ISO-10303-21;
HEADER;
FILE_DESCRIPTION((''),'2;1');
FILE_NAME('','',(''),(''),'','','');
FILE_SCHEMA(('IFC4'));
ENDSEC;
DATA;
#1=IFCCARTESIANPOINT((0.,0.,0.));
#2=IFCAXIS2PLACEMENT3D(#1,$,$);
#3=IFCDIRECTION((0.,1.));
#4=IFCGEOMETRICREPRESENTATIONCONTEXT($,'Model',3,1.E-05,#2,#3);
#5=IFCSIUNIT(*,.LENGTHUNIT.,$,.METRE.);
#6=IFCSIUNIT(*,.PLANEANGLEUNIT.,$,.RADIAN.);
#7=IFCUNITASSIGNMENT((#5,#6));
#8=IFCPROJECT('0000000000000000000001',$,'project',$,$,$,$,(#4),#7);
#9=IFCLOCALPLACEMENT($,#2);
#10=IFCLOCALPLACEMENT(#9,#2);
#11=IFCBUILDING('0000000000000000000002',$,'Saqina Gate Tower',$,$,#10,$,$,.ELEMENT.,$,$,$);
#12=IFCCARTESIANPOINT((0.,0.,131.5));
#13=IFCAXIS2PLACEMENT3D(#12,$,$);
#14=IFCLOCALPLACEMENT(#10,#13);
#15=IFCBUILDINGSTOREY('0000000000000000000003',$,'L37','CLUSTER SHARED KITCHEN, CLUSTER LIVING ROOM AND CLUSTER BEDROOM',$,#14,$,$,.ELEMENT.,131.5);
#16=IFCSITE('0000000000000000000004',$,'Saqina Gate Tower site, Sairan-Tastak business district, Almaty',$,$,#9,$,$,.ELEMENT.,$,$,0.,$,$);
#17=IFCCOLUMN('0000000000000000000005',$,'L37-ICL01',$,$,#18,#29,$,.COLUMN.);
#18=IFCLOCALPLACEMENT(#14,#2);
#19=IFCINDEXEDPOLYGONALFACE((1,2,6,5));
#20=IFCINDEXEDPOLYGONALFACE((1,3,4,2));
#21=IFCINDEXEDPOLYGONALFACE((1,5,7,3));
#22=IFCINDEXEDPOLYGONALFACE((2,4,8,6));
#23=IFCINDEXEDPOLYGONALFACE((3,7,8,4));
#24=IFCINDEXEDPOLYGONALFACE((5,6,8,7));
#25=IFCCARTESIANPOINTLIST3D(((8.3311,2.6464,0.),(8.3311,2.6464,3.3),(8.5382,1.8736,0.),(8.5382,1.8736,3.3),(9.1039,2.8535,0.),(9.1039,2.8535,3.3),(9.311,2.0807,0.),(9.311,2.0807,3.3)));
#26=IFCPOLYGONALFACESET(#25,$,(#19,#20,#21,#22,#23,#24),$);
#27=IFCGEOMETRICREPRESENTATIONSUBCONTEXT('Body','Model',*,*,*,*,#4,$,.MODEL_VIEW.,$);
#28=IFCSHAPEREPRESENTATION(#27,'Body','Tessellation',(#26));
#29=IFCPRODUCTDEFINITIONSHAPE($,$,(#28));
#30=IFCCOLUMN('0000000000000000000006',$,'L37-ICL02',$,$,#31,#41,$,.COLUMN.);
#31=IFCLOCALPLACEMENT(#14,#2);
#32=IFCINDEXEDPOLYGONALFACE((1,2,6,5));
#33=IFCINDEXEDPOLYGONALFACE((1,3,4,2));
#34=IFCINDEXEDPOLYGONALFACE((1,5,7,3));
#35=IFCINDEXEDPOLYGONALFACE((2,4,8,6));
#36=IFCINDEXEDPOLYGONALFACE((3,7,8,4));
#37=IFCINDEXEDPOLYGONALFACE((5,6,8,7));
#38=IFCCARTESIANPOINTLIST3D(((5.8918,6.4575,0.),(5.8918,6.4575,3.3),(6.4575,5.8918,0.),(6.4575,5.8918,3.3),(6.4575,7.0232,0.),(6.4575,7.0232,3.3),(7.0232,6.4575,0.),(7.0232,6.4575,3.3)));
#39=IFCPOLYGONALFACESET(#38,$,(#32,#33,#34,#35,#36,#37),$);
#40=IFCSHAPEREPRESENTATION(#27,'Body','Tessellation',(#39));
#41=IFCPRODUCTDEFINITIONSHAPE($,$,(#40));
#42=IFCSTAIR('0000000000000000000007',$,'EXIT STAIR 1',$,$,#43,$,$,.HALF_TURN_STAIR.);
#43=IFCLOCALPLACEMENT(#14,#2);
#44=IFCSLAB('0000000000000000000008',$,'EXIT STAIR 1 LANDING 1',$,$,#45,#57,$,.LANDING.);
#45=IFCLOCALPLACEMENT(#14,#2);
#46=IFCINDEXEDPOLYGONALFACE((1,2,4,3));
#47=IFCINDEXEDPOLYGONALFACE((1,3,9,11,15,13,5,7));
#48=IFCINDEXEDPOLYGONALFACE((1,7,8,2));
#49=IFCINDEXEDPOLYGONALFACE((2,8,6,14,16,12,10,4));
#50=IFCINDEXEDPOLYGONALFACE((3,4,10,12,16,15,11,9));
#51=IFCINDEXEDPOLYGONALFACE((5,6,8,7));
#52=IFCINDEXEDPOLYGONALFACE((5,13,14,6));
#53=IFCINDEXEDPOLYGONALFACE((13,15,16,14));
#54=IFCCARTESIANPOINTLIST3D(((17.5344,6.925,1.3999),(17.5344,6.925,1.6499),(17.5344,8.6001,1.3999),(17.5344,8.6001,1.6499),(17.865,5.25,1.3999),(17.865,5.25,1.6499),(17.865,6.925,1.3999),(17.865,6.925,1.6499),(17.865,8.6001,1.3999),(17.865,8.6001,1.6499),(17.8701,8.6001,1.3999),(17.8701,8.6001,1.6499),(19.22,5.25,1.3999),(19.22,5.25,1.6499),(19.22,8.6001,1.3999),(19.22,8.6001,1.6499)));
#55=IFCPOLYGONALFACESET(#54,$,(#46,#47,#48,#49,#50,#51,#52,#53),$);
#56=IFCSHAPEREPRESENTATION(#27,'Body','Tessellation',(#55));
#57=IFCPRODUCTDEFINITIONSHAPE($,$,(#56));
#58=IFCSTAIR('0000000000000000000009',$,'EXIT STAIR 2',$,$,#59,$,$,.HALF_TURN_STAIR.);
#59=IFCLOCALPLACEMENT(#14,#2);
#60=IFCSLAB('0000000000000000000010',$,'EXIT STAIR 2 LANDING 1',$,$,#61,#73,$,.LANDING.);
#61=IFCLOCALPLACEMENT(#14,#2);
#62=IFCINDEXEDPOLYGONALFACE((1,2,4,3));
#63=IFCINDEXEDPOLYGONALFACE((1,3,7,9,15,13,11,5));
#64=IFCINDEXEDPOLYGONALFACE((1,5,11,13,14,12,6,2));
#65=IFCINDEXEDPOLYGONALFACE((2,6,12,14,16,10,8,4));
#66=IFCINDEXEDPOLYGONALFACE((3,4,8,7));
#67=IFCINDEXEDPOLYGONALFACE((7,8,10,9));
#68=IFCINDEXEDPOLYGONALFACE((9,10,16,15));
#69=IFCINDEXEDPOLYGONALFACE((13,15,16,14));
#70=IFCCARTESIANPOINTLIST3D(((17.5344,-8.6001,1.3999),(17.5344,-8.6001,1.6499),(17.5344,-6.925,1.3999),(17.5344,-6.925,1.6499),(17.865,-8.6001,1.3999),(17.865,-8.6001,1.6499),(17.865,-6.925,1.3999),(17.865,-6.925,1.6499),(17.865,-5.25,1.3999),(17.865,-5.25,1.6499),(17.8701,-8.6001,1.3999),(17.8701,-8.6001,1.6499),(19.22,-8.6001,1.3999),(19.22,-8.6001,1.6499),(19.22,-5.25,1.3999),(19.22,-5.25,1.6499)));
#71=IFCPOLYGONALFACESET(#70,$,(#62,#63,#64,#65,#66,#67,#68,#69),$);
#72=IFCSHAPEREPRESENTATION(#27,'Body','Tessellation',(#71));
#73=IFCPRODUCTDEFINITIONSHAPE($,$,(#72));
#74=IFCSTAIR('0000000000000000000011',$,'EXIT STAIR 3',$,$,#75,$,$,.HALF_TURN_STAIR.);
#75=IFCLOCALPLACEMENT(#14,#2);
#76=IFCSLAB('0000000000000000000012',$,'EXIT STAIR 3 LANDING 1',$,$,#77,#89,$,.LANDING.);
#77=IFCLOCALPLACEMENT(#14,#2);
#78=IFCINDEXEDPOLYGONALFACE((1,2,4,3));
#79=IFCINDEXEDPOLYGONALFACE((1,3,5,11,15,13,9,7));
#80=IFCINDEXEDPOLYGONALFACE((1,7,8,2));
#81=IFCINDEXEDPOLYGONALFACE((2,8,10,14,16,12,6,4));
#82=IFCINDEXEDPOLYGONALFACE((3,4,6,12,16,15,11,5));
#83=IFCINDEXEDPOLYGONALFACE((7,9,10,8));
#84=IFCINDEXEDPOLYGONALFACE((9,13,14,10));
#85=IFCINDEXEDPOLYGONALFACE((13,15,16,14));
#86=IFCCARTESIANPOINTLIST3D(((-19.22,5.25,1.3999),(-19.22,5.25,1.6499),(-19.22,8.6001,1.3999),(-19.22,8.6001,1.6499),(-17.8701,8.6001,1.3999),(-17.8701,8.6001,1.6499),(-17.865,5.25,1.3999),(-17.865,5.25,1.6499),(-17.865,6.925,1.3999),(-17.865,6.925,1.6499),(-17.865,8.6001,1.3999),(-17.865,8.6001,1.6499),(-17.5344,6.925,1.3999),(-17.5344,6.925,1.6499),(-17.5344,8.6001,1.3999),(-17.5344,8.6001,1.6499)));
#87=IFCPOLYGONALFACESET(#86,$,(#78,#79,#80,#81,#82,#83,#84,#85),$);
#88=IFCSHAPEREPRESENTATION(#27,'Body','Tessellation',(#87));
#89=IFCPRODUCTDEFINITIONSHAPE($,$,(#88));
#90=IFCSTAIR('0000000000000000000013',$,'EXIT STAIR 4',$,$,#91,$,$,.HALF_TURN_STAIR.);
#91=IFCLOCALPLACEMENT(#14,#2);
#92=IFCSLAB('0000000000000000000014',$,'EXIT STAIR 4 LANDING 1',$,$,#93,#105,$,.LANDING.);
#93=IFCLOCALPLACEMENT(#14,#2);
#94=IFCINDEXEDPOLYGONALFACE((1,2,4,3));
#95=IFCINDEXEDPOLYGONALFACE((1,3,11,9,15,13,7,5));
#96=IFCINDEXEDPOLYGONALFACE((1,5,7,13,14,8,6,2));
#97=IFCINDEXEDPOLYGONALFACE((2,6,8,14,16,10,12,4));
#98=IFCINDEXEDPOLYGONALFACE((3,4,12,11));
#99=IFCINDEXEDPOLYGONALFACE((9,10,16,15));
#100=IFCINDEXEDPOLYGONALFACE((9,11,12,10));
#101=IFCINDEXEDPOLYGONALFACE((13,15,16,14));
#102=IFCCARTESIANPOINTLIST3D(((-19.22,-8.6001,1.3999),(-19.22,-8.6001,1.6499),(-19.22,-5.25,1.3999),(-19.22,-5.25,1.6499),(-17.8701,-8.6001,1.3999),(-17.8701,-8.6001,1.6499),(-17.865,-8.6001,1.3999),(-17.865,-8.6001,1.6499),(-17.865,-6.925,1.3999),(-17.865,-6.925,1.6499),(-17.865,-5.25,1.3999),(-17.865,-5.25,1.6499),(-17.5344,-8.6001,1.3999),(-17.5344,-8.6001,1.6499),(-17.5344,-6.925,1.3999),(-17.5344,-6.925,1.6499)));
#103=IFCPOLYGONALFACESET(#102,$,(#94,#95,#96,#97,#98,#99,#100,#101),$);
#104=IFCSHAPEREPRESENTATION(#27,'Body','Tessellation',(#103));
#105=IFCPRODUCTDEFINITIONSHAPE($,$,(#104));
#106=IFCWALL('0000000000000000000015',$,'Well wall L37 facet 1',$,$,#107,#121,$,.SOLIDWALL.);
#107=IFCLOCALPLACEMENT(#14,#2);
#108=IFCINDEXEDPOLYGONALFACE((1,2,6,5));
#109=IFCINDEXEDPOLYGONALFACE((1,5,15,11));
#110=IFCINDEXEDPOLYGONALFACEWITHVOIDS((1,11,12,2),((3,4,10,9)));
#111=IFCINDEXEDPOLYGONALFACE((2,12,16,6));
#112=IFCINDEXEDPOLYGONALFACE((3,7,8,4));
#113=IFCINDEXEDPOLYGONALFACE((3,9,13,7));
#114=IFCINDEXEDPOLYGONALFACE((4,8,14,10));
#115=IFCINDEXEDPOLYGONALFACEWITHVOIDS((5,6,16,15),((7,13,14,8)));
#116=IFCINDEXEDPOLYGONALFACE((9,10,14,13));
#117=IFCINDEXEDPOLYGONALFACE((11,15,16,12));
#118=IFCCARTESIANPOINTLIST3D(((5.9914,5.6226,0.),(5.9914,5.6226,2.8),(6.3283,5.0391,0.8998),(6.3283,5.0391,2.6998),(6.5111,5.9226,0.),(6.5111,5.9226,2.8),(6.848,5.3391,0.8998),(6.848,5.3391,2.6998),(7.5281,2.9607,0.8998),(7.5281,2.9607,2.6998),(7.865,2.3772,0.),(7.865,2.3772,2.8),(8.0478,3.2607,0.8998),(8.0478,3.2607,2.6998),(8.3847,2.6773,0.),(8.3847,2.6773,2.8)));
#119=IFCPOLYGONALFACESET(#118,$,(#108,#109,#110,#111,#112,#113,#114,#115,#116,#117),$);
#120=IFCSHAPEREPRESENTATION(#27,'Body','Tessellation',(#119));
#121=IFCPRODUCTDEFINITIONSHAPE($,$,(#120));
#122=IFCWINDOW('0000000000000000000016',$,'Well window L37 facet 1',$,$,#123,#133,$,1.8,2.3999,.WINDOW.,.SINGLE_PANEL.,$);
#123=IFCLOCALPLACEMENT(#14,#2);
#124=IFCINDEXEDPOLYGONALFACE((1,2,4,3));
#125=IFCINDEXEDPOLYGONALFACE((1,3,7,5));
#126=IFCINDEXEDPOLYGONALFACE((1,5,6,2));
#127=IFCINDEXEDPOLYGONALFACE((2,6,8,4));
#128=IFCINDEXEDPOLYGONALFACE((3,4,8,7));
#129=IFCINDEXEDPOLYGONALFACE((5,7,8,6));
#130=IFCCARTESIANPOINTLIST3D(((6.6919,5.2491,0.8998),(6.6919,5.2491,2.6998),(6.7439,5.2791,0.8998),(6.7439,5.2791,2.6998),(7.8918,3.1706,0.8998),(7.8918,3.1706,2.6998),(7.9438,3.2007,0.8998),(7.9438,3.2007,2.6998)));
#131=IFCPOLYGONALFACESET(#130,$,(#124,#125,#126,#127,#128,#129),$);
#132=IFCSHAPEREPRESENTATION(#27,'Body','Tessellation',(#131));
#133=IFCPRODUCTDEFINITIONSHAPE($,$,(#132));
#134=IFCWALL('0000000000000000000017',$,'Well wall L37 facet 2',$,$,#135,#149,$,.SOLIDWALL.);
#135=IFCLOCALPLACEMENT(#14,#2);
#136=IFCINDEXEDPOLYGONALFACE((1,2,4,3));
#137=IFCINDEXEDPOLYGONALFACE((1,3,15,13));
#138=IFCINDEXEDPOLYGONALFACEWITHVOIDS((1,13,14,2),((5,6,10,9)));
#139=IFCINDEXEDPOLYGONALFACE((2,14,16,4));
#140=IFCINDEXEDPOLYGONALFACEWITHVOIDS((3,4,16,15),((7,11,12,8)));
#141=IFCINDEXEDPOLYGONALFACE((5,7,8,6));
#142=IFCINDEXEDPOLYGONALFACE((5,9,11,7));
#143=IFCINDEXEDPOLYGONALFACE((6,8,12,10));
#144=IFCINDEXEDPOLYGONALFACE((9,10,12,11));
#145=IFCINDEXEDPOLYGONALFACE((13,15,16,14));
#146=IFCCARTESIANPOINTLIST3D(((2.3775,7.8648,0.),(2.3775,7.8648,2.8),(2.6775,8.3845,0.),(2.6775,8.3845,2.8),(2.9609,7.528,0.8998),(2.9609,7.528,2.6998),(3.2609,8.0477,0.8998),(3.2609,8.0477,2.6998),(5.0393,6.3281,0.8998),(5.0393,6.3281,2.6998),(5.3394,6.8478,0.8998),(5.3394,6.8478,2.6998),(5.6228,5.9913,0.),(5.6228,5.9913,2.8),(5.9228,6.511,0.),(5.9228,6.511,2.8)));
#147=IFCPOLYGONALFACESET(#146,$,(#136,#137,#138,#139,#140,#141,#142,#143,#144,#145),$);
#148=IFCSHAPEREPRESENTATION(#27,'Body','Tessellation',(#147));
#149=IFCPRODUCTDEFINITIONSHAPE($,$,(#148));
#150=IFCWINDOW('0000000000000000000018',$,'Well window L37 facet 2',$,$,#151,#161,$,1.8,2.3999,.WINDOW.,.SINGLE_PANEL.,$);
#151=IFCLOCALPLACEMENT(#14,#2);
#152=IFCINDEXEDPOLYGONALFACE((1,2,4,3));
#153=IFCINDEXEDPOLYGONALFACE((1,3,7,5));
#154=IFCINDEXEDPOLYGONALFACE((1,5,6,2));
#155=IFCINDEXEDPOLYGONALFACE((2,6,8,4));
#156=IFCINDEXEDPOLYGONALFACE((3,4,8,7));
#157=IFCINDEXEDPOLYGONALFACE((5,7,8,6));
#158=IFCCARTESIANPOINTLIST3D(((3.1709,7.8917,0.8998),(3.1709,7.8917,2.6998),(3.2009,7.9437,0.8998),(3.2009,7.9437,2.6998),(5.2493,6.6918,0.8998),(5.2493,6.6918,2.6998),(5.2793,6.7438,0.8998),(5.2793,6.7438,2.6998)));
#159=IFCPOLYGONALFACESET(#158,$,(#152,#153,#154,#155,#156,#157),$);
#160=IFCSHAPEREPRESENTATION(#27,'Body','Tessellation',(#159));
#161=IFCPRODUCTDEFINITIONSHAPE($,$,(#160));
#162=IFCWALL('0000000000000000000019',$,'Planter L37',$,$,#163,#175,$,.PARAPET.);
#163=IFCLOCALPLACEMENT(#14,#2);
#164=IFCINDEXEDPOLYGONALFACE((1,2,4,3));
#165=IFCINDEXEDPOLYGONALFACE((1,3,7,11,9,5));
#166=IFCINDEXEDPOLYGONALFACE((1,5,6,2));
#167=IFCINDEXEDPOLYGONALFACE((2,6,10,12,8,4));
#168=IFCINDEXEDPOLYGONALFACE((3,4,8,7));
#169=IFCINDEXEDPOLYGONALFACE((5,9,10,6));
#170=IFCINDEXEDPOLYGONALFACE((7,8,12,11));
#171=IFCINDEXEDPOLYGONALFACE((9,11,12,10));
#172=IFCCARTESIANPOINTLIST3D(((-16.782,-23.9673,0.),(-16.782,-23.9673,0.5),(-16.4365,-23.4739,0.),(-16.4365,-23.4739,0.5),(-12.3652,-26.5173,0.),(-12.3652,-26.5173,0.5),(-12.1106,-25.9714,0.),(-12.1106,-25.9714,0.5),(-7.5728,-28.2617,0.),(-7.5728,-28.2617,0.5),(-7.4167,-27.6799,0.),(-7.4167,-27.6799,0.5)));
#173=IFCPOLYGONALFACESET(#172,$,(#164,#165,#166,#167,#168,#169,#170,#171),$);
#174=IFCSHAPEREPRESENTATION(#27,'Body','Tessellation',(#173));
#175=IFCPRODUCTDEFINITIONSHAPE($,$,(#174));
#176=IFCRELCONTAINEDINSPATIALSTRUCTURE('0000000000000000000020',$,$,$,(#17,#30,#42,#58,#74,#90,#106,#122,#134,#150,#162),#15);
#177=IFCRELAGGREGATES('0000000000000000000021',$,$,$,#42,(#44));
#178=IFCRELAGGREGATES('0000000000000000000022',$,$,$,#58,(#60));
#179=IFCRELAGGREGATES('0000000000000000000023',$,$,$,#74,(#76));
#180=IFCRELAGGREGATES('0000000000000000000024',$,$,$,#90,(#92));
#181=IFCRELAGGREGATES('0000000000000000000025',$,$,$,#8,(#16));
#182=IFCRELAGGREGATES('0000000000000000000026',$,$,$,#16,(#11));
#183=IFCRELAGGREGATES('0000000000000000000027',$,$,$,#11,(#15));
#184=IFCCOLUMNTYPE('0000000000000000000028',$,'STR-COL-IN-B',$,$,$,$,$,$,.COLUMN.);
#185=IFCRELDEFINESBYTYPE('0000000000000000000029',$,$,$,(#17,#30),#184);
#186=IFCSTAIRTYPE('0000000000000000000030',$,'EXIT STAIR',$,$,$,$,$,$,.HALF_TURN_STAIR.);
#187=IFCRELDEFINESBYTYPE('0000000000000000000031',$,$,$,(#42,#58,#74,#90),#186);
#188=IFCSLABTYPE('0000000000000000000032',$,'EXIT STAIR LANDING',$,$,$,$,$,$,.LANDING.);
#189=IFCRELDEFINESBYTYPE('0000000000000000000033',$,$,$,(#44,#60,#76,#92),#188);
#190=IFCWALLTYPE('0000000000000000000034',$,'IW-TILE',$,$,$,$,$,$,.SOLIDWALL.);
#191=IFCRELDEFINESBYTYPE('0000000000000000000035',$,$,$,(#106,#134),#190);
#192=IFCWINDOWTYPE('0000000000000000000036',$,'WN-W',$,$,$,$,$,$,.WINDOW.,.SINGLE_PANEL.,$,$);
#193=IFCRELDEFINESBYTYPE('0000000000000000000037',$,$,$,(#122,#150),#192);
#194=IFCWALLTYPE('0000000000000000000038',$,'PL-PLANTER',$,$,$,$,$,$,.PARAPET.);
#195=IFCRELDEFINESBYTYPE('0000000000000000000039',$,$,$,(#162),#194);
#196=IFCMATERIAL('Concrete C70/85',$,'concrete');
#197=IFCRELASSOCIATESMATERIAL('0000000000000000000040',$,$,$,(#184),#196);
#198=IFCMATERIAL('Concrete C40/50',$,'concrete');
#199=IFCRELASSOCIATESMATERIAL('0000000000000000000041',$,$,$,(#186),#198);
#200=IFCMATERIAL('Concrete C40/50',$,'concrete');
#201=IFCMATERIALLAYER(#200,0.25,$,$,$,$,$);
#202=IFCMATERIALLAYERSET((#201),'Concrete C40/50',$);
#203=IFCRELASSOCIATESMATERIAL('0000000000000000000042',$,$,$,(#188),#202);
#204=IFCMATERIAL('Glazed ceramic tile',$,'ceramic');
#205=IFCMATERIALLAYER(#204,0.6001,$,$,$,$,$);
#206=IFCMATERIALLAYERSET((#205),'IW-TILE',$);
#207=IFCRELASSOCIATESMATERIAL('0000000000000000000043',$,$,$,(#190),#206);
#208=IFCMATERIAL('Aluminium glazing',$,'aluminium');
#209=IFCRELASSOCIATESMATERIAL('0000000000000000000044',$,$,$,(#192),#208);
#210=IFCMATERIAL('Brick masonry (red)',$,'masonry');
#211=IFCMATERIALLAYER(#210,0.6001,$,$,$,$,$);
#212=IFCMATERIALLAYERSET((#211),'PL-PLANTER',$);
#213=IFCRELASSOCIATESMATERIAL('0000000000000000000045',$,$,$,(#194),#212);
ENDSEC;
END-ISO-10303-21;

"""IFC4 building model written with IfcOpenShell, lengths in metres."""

from ifc_helpers import new_model, si_unit, direction, frame, frame_2d, origin, origin_2d, place, context, subcontext, project, spatial, polyline, rectangle, outline, extrude, material, layer, layer_set, material_profile, profile_set, type_object, element, fill, aggregate, save


model = new_model("IFC4")

# Units and contexts
model_context = context("Model", 3, precision=1e-05, world=origin(), true_north=direction((0.0, 1.0)))
body_context = subcontext(model_context, "Body", "Model", "MODEL_VIEW")
ifc_project = project(units=[si_unit("LENGTHUNIT", "METRE"), si_unit("PLANEANGLEUNIT", "RADIAN")], contexts=[model_context])

# Site, building, storey
site_placement = place(None, origin())
site = spatial("IfcSite", under=ifc_project, at=site_placement, Name="Saqina Gate Tower site, Sairan-Tastak business district, Almaty", CompositionType="ELEMENT", RefElevation=0.0)
building_placement = place(site_placement, origin())
building = spatial("IfcBuilding", under=site, at=building_placement, Name="Saqina Gate Tower", CompositionType="ELEMENT")
storey_placement = place(building_placement, frame((0.0, 0.0, 131.5)))
storey = spatial("IfcBuildingStorey", under=building, at=storey_placement, Name="L37", Description="CLUSTER SHARED KITCHEN, CLUSTER LIVING ROOM AND CLUSTER BEDROOM", CompositionType="ELEMENT", Elevation=131.5)

# Columns
ifc_material_1 = material(Name="Concrete C70/85", Category="concrete")
ifc_material_profile = material_profile(ifc_material_1, rectangle(XDim=0.8, YDim=0.8, at=origin_2d()), Name="RC 800x800")
ifc_profile_set = profile_set([ifc_material_profile], Name="Concrete C70/85")
column_type = type_object("IfcColumnType", Name="STR-COL-IN-B", PredefinedType="COLUMN", material=ifc_profile_set)
for number, where, z_axis, x_axis, name in (
    (1, (8.821, 2.3635, 0.0), (0.0, 0.0, 1.0), (0.965926, 0.258819, 0.0), "L37-ICL01"),
    (2, (6.4575, 6.4575, 0.0), (0.0, 0.0, 1.0), (0.707107, 0.707107, 0.0), "L37-ICL02"),
):
    element("IfcColumn", number, at=place(storey_placement, frame(where, z_axis=z_axis, x_axis=x_axis)), inside=storey, type_object=column_type, Name=name, PredefinedType="COLUMN", context=body_context, shape_type="SweptSolid", body=[
        extrude(rectangle(XDim=0.8, YDim=0.8, at=origin_2d()), origin(), (0.0, 0.0, 1.0), 3.3),
    ])

# Stairs, slabs
ifc_material_2 = material(Name="Concrete C40/50", Category="concrete")
stair_type = type_object("IfcStairType", Name="EXIT STAIR", PredefinedType="HALF_TURN_STAIR", material=ifc_material_2)
stair_1_placement = place(storey_placement, origin())
stair_1 = element("IfcStair", 3, at=stair_1_placement, inside=storey, type_object=stair_type, Name="EXIT STAIR 1", PredefinedType="HALF_TURN_STAIR")
ifc_material_3 = material(Name="Concrete C40/50", Category="concrete")
ifc_layer_1 = layer(ifc_material_3, 0.25)
ifc_layer_set_1 = layer_set([ifc_layer_1], Name="Concrete C40/50")
slab_type = type_object("IfcSlabType", Name="EXIT STAIR LANDING", PredefinedType="LANDING", material=ifc_layer_set_1)
slab_1_placement = place(storey_placement, frame((0.0, 0.0, 1.3999)))
slab_1 = element("IfcSlab", 4, at=slab_1_placement, type_object=slab_type, Name="EXIT STAIR 1 LANDING 1", PredefinedType="LANDING", context=body_context, shape_type="SweptSolid", body=[
    extrude(outline(polyline([(19.22, 8.6001), (19.22, 5.25), (17.865, 5.25), (17.865, 6.925), (17.5344, 6.925), (17.5344, 8.6001), (17.865, 8.6001), (17.8701, 8.6001), (19.22, 8.6001)])), origin(), (0.0, 0.0, 1.0), 0.25),
])
aggregate(stair_1, [slab_1])
stair_2_placement = place(storey_placement, origin())
stair_2 = element("IfcStair", 5, at=stair_2_placement, inside=storey, type_object=stair_type, Name="EXIT STAIR 2", PredefinedType="HALF_TURN_STAIR")
slab_2_placement = place(storey_placement, frame((0.0, 0.0, 1.3999)))
slab_2 = element("IfcSlab", 6, at=slab_2_placement, type_object=slab_type, Name="EXIT STAIR 2 LANDING 1", PredefinedType="LANDING", context=body_context, shape_type="SweptSolid", body=[
    extrude(outline(polyline([(17.5344, -8.6001), (17.5344, -6.925), (17.865, -6.925), (17.865, -5.25), (19.22, -5.25), (19.22, -8.6001), (17.8701, -8.6001), (17.865, -8.6001), (17.5344, -8.6001)])), origin(), (0.0, 0.0, 1.0), 0.25),
])
aggregate(stair_2, [slab_2])
stair_3_placement = place(storey_placement, origin())
stair_3 = element("IfcStair", 7, at=stair_3_placement, inside=storey, type_object=stair_type, Name="EXIT STAIR 3", PredefinedType="HALF_TURN_STAIR")
slab_3_placement = place(storey_placement, frame((0.0, 0.0, 1.3999)))
slab_3 = element("IfcSlab", 8, at=slab_3_placement, type_object=slab_type, Name="EXIT STAIR 3 LANDING 1", PredefinedType="LANDING", context=body_context, shape_type="SweptSolid", body=[
    extrude(outline(polyline([(-17.865, 5.25), (-19.22, 5.25), (-19.22, 8.6001), (-17.8701, 8.6001), (-17.865, 8.6001), (-17.5344, 8.6001), (-17.5344, 6.925), (-17.865, 6.925), (-17.865, 5.25)])), origin(), (0.0, 0.0, 1.0), 0.25),
])
aggregate(stair_3, [slab_3])
stair_4_placement = place(storey_placement, origin())
stair_4 = element("IfcStair", 9, at=stair_4_placement, inside=storey, type_object=stair_type, Name="EXIT STAIR 4", PredefinedType="HALF_TURN_STAIR")
slab_4_placement = place(storey_placement, frame((0.0, 0.0, 1.3999)))
slab_4 = element("IfcSlab", 10, at=slab_4_placement, type_object=slab_type, Name="EXIT STAIR 4 LANDING 1", PredefinedType="LANDING", context=body_context, shape_type="SweptSolid", body=[
    extrude(outline(polyline([(-17.5344, -6.925), (-17.5344, -8.6001), (-17.865, -8.6001), (-17.8701, -8.6001), (-19.22, -8.6001), (-19.22, -5.25), (-17.865, -5.25), (-17.865, -6.925), (-17.5344, -6.925)])), origin(), (0.0, 0.0, 1.0), 0.25),
])
aggregate(stair_4, [slab_4])

# Walls, openings, windows
ifc_material_4 = material(Name="Glazed ceramic tile", Category="ceramic")
ifc_layer_2 = layer(ifc_material_4, 0.6001)
ifc_layer_set_2 = layer_set([ifc_layer_2], Name="IW-TILE")
wall_type_1 = type_object("IfcWallType", Name="IW-TILE", PredefinedType="SOLIDWALL", material=ifc_layer_set_2)
wall_1_placement = place(storey_placement, frame((8.1248, 2.5273, 0.0), z_axis=(0.0, 0.0, 1.0), x_axis=(-0.499965, 0.866046, 0.0)))
wall_1 = element("IfcWall", 11, at=wall_1_placement, inside=storey, type_object=wall_type_1, Name="Well wall L37 facet 1", PredefinedType="SOLIDWALL", context=body_context, shape_type="SweptSolid", body=[
    extrude(rectangle(XDim=3.7473, YDim=0.6001, at=frame_2d((1.8735, 0.0))), origin(), (0.0, 0.0, 1.0), 2.8),
])
opening_1_placement = place(wall_1_placement, frame((0.6736, 0.0, 0.8999)))
opening_1 = element("IfcOpeningElement", 12, at=opening_1_placement, cuts=wall_1, PredefinedType="OPENING", context=body_context, shape_type="SweptSolid", body=[
    extrude(rectangle(XDim=2.3999, YDim=1.8, at=frame_2d((1.2, 0.8999))), frame((0.0, 0.312, 0.0), z_axis=(0.0, -1.0, 0.0), x_axis=(1.0, 0.0, 0.0)), (0.0, 0.0, 1.0), 0.624),
])
ifc_material_5 = material(Name="Aluminium glazing", Category="aluminium")
window_type = type_object("IfcWindowType", Name="WN-W", PartitioningType="SINGLE_PANEL", PredefinedType="WINDOW", material=ifc_material_5)
window_1_placement = place(opening_1_placement, origin())
window_1 = element("IfcWindow", 13, at=window_1_placement, inside=storey, type_object=window_type, Name="Well window L37 facet 1", OverallHeight=1.8, OverallWidth=2.3999, PartitioningType="SINGLE_PANEL", PredefinedType="WINDOW", context=body_context, shape_type="SweptSolid", body=[
    extrude(rectangle(XDim=2.3999, YDim=1.8, at=frame_2d((1.2, 0.8999))), frame((0.0, -0.1199, 0.0), z_axis=(0.0, -1.0, 0.0), x_axis=(1.0, 0.0, 0.0)), (0.0, 0.0, 1.0), 0.0601),
])
fill(opening_1, window_1)
wall_2_placement = place(storey_placement, frame((5.7727, 6.2512, 0.0), z_axis=(0.0, 0.0, 1.0), x_axis=(-0.866046, 0.499965, 0.0)))
wall_2 = element("IfcWall", 14, at=wall_2_placement, inside=storey, type_object=wall_type_1, Name="Well wall L37 facet 2", PredefinedType="SOLIDWALL", context=body_context, shape_type="SweptSolid", body=[
    extrude(rectangle(XDim=3.7473, YDim=0.6001, at=frame_2d((1.8735, 0.0))), origin(), (0.0, 0.0, 1.0), 2.8),
])
opening_2_placement = place(wall_2_placement, frame((0.6736, 0.0, 0.8999)))
opening_2 = element("IfcOpeningElement", 15, at=opening_2_placement, cuts=wall_2, PredefinedType="OPENING", context=body_context, shape_type="SweptSolid", body=[
    extrude(rectangle(XDim=2.3999, YDim=1.8, at=frame_2d((1.2, 0.8999))), frame((0.0, 0.312, 0.0), z_axis=(0.0, -1.0, 0.0), x_axis=(1.0, 0.0, 0.0)), (0.0, 0.0, 1.0), 0.624),
])
window_2_placement = place(opening_2_placement, origin())
window_2 = element("IfcWindow", 16, at=window_2_placement, inside=storey, type_object=window_type, Name="Well window L37 facet 2", OverallHeight=1.8, OverallWidth=2.3999, PartitioningType="SINGLE_PANEL", PredefinedType="WINDOW", context=body_context, shape_type="SweptSolid", body=[
    extrude(rectangle(XDim=2.3999, YDim=1.8, at=frame_2d((1.2, 0.8999))), frame((0.0, -0.1199, 0.0), z_axis=(0.0, -1.0, 0.0), x_axis=(1.0, 0.0, 0.0)), (0.0, 0.0, 1.0), 0.0601),
])
fill(opening_2, window_2)

# Wall
ifc_material_6 = material(Name="Brick masonry (red)", Category="masonry")
ifc_layer_3 = layer(ifc_material_6, 0.6001)
ifc_layer_set_3 = layer_set([ifc_layer_3], Name="PL-PLANTER")
wall_type_2 = type_object("IfcWallType", Name="PL-PLANTER", PredefinedType="PARAPET", material=ifc_layer_set_3)
wall_3_placement = place(storey_placement, origin())
element("IfcWall", 17, at=wall_3_placement, inside=storey, type_object=wall_type_2, Name="Planter L37", PredefinedType="PARAPET", context=body_context, shape_type="SweptSolid", body=[
    extrude(outline(polyline([(-16.782, -23.9673), (-12.3652, -26.5173), (-7.5728, -28.2617), (-7.4167, -27.6799), (-12.1106, -25.9714), (-16.4365, -23.4739), (-16.782, -23.9673)])), origin(), (0.0, 0.0, 1.0), 0.5),
])

save(model, "model.ifc")
